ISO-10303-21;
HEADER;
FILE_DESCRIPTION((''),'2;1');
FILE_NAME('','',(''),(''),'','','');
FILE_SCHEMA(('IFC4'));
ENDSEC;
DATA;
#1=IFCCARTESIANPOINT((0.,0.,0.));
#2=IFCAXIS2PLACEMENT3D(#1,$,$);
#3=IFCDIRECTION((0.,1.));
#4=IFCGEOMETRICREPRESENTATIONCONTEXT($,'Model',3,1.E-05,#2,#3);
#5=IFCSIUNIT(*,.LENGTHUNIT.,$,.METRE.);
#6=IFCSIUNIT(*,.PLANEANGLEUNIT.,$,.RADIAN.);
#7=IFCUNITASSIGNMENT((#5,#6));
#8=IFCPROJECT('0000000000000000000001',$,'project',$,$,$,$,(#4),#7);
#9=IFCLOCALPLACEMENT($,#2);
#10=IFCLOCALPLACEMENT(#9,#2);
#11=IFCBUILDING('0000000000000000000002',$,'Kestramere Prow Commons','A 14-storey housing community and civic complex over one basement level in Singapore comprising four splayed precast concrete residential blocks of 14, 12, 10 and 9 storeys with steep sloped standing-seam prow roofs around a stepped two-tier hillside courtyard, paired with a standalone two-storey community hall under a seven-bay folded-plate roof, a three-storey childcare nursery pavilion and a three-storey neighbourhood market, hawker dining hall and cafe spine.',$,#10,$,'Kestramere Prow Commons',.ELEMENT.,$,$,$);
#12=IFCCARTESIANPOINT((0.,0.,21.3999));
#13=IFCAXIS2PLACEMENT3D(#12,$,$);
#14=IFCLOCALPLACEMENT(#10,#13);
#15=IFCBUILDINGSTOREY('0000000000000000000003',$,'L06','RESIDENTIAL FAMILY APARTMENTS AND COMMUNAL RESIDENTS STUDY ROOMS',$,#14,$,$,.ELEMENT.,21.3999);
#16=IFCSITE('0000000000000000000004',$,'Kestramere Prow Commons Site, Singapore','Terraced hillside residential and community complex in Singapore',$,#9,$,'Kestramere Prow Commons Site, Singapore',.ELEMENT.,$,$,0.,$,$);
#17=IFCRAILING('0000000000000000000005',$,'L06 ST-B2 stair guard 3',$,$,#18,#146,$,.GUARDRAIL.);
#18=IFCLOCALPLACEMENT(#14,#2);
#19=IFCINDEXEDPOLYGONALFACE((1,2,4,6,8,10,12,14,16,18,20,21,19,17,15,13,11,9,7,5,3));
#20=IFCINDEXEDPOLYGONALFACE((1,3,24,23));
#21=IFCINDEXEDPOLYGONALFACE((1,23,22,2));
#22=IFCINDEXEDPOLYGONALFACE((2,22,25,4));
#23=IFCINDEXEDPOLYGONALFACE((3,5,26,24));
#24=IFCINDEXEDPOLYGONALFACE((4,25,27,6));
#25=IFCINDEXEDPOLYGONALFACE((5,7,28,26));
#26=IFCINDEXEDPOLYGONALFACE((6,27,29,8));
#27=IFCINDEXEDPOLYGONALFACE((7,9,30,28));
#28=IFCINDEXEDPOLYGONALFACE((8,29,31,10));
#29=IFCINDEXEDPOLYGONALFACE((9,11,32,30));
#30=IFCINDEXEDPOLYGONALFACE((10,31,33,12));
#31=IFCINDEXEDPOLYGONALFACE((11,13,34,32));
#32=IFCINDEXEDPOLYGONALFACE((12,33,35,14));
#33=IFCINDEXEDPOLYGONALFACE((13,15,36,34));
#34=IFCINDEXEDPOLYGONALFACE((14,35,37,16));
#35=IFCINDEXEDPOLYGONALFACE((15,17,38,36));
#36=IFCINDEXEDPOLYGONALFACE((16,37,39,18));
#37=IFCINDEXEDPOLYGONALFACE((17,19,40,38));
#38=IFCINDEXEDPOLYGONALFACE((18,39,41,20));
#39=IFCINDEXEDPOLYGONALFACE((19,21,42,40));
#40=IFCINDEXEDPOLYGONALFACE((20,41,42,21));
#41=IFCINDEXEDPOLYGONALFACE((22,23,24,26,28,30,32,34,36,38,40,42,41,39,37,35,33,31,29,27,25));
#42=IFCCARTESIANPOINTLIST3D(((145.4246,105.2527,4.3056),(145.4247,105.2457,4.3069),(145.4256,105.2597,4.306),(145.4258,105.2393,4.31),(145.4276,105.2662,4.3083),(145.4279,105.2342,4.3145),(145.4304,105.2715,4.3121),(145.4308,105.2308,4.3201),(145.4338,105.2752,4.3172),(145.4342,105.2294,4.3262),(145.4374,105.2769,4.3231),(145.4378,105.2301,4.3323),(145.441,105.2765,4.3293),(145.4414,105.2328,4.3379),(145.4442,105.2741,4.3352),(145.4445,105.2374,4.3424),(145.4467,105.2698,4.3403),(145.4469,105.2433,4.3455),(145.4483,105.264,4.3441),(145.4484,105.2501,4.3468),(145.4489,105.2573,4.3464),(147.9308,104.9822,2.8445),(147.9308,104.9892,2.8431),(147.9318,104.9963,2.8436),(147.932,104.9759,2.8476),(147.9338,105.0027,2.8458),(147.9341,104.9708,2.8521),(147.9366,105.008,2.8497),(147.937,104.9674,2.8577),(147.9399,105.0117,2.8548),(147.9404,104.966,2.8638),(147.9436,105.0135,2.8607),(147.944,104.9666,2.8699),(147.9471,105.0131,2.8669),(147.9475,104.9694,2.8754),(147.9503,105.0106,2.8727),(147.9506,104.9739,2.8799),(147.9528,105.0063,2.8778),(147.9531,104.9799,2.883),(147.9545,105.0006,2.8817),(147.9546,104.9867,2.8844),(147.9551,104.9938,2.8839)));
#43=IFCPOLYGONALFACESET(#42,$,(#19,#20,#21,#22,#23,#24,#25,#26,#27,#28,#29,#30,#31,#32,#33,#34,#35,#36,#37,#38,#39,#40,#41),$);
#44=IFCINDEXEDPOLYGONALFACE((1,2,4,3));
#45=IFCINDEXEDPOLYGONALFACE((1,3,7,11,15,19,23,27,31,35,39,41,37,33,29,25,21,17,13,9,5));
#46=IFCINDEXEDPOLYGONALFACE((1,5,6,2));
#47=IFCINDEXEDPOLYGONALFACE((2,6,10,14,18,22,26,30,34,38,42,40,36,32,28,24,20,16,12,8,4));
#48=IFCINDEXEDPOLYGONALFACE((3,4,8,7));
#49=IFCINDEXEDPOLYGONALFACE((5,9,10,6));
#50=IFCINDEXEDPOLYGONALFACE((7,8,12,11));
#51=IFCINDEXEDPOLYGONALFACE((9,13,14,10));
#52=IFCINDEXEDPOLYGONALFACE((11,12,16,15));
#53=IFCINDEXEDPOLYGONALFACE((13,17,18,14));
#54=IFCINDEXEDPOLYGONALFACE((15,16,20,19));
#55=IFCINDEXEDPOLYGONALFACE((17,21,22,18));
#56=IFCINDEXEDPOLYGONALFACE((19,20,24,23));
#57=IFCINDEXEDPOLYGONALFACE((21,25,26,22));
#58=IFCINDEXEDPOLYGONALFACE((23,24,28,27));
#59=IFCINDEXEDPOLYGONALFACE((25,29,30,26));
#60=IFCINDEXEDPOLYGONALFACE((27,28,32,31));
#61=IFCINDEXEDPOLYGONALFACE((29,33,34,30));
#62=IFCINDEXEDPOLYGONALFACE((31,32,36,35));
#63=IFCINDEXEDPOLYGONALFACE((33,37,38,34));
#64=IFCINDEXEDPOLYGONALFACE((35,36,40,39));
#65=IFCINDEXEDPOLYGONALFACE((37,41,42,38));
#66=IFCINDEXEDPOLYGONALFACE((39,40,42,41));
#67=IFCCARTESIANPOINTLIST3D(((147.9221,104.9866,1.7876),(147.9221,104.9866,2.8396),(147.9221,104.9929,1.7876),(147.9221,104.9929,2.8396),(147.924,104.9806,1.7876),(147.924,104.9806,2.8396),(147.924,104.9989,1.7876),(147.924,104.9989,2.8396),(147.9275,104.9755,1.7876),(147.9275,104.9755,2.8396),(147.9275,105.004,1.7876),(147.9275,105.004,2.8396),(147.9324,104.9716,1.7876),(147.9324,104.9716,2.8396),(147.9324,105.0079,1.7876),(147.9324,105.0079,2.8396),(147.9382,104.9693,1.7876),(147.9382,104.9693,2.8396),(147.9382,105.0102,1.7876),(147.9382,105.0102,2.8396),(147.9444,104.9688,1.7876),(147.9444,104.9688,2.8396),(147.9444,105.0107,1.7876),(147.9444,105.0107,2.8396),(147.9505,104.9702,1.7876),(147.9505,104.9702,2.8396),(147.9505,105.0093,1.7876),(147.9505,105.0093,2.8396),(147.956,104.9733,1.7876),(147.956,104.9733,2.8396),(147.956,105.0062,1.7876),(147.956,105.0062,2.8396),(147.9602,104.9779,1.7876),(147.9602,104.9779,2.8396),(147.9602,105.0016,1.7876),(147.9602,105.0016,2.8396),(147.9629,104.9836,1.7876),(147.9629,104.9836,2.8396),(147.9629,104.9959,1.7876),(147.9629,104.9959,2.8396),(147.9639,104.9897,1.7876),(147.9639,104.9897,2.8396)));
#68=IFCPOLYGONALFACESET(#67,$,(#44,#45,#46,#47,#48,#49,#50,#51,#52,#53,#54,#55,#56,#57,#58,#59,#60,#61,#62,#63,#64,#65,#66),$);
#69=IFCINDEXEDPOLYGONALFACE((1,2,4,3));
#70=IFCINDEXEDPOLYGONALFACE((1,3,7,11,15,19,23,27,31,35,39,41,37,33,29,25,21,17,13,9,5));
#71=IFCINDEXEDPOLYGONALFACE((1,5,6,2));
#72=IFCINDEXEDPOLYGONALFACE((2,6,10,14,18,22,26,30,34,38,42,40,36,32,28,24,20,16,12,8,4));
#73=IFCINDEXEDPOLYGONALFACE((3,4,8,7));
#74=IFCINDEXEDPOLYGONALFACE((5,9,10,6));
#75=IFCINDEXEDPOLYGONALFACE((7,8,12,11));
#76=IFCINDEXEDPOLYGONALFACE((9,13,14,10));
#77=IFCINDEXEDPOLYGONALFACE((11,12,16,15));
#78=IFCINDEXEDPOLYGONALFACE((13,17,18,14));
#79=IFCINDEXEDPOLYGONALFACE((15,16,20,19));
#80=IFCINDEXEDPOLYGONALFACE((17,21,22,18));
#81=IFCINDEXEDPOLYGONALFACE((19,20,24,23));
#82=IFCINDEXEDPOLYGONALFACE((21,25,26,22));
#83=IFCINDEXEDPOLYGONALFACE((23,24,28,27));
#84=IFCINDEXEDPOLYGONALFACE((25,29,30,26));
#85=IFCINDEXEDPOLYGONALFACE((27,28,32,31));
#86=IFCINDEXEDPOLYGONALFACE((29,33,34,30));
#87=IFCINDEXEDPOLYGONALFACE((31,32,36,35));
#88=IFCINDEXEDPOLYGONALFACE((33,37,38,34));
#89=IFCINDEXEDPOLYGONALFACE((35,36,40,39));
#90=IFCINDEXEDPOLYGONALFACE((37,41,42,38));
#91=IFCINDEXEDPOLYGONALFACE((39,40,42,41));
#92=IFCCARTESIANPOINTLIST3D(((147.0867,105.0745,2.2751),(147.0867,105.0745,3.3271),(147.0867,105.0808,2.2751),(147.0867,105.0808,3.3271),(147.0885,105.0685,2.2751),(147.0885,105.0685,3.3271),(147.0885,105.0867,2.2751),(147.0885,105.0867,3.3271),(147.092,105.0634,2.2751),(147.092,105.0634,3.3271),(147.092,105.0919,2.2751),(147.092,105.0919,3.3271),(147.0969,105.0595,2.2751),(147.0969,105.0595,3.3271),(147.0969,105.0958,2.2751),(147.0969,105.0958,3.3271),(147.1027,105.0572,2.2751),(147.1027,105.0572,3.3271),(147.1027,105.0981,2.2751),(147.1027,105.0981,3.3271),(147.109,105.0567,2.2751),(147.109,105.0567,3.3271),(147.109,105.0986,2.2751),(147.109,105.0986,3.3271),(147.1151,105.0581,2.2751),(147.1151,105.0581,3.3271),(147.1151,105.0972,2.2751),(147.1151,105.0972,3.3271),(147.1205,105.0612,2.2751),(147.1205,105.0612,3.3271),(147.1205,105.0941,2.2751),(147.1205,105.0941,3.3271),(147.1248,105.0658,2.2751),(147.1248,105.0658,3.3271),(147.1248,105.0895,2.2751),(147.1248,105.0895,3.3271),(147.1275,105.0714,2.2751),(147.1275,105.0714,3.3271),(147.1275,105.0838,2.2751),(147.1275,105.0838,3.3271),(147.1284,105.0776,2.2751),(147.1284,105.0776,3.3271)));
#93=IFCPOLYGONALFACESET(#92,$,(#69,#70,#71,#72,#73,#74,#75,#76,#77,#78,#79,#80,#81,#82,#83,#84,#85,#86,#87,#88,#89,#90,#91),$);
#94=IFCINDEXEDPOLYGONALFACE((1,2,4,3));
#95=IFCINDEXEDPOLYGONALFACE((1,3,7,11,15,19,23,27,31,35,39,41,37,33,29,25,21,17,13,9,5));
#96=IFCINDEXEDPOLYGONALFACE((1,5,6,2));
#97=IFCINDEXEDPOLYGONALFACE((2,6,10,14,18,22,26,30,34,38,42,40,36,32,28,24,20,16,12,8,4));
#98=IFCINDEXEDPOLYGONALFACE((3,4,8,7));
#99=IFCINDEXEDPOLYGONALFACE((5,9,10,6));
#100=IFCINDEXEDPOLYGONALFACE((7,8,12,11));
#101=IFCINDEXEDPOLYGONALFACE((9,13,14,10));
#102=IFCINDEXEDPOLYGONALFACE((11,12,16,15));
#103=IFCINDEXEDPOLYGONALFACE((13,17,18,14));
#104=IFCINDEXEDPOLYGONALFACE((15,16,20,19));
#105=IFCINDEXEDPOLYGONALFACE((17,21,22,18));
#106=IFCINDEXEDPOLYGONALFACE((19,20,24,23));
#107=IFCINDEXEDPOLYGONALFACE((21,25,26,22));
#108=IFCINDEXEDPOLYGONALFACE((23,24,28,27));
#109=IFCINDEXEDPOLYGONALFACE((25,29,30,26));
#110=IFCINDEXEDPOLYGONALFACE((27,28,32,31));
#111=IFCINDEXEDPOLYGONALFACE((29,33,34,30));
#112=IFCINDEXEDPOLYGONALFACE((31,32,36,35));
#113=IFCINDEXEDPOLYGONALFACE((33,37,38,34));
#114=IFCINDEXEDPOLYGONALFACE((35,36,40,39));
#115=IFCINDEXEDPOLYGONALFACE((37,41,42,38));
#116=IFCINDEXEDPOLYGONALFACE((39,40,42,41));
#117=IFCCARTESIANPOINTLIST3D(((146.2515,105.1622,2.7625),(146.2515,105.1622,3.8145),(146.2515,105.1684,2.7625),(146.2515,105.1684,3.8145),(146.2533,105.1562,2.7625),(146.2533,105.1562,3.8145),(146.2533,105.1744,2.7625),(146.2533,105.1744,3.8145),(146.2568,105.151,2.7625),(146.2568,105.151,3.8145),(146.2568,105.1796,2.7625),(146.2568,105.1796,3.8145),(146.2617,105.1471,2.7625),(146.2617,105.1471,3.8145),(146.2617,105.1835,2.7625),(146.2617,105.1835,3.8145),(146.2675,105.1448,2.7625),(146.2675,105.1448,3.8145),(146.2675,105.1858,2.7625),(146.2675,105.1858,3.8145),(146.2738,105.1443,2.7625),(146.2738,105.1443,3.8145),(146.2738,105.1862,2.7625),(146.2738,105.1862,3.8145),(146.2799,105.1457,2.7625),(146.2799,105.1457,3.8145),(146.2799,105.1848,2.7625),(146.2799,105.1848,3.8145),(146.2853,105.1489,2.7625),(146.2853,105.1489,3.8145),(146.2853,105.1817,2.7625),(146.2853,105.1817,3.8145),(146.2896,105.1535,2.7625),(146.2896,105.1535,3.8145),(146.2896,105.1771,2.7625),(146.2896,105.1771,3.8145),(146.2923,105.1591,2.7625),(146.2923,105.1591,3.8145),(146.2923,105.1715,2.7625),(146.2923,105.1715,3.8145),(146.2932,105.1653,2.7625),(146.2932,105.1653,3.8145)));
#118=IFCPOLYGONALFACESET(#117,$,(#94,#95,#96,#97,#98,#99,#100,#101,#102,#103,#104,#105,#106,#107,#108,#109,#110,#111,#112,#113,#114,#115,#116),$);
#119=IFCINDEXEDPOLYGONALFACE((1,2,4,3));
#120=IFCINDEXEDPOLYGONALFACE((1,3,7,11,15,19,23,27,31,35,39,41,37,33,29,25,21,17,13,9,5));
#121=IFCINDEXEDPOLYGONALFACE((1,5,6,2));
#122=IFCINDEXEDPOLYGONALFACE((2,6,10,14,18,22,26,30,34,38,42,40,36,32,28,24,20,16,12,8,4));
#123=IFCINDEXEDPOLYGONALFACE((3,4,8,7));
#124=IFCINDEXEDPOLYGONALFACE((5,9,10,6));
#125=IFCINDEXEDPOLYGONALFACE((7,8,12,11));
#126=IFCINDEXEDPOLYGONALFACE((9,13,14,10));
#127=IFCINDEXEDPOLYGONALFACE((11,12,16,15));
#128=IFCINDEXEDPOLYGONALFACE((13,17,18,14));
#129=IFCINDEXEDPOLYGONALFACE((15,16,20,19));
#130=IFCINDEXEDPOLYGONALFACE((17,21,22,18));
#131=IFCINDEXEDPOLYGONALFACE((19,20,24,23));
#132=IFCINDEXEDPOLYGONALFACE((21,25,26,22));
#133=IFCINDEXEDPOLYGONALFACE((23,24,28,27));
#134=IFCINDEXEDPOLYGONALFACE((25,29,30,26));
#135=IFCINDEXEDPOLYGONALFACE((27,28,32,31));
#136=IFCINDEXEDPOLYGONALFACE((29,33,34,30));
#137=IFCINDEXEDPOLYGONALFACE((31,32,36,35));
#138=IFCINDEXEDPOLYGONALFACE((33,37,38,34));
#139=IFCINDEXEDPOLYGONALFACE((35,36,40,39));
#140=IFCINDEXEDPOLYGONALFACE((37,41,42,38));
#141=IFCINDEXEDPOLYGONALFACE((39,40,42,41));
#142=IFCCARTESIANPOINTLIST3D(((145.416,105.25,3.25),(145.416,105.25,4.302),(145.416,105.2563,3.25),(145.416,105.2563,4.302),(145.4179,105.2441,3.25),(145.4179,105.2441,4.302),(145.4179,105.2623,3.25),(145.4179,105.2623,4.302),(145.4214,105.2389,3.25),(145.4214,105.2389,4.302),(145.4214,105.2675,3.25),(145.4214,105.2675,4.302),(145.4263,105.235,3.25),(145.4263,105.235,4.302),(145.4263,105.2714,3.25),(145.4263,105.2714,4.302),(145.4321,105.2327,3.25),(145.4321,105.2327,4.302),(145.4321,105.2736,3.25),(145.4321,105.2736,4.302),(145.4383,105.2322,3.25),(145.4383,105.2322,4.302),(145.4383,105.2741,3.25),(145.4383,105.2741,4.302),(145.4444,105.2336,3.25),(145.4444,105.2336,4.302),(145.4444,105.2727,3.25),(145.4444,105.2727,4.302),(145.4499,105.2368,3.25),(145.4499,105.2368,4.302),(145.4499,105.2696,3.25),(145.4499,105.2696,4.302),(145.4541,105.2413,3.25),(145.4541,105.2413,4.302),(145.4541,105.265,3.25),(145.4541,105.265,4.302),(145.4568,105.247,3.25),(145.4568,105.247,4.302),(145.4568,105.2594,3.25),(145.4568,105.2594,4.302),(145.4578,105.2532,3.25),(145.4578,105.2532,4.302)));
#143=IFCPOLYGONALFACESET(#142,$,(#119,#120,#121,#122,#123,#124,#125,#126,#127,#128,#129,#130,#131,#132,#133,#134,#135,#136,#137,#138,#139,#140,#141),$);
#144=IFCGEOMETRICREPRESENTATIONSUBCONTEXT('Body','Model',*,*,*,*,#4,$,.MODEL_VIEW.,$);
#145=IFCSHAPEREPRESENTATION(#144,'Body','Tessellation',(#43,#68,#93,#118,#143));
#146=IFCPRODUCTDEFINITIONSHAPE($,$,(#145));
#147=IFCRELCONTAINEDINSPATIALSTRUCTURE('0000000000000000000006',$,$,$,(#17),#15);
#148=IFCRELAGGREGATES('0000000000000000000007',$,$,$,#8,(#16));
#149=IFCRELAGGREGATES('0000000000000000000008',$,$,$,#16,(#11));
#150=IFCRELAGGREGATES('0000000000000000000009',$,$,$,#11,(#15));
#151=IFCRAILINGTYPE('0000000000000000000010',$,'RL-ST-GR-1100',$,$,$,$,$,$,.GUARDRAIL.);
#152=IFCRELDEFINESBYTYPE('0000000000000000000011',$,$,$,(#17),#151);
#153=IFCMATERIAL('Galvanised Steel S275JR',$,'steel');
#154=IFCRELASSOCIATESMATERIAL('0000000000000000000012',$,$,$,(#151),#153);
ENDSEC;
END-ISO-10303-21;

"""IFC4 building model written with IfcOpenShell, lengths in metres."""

from ifc_helpers import new_model, si_unit, direction, frame, origin, origin_2d, place, context, subcontext, project, spatial, circle, extrude, material, type_object, element, save


model = new_model("IFC4")

# Units and contexts
model_context = context("Model", 3, precision=1e-05, world=origin(), true_north=direction((0.0, 1.0)))
body_context = subcontext(model_context, "Body", "Model", "MODEL_VIEW")
ifc_project = project(units=[si_unit("LENGTHUNIT", "METRE"), si_unit("PLANEANGLEUNIT", "RADIAN")], contexts=[model_context])

# Site, building, storey
site_placement = place(None, origin())
site = spatial("IfcSite", under=ifc_project, at=site_placement, Name="Kestramere Prow Commons Site, Singapore", Description="Terraced hillside residential and community complex in Singapore", LongName="Kestramere Prow Commons Site, Singapore", CompositionType="ELEMENT", RefElevation=0.0)
building_placement = place(site_placement, origin())
building = spatial("IfcBuilding", under=site, at=building_placement, Name="Kestramere Prow Commons", Description="A 14-storey housing community and civic complex over one basement level in Singapore comprising four splayed precast concrete residential blocks of 14, 12, 10 and 9 storeys with steep sloped standing-seam prow roofs around a stepped two-tier hillside courtyard, paired with a standalone two-storey community hall under a seven-bay folded-plate roof, a three-storey childcare nursery pavilion and a three-storey neighbourhood market, hawker dining hall and cafe spine.", LongName="Kestramere Prow Commons", CompositionType="ELEMENT")
storey_placement = place(building_placement, frame((0.0, 0.0, 21.3999)))
storey = spatial("IfcBuildingStorey", under=building, at=storey_placement, Name="L06", Description="RESIDENTIAL FAMILY APARTMENTS AND COMMUNAL RESIDENTS STUDY ROOMS", CompositionType="ELEMENT", Elevation=21.3999)

# Railing
ifc_material_1 = material(Name="Galvanised Steel S275JR", Category="steel")
railing_type_1 = type_object("IfcRailingType", Name="RL-ST-GR-1100", PredefinedType="GUARDRAIL", material=ifc_material_1)
railing_1_placement = place(storey_placement, frame((147.9429, 104.9897, 1.7876)))
element("IfcRailing", 1, at=railing_1_placement, inside=storey, type_object=railing_type_1, Name="L06 ST-B2 stair guard 3", PredefinedType="GUARDRAIL", context=body_context, shape_type="SweptSolid", body=[
    extrude(circle(Radius=0.0239, at=origin_2d()), frame((0.0, 0.0, 1.0762), z_axis=(-0.860165, 0.090416, 0.501937), x_axis=(-0.104539, -0.994521, 0.0)), (0.0, 0.0, 1.0), 2.9136),
    extrude(circle(Radius=0.021, at=origin_2d()), origin(), (0.0, 0.0, 1.0), 1.052),
    extrude(circle(Radius=0.021, at=origin_2d()), frame((-0.8354, 0.0879, 0.4875)), (0.0, 0.0, 1.0), 1.052),
    extrude(circle(Radius=0.021, at=origin_2d()), frame((-1.6707, 0.1755, 0.9749)), (0.0, 0.0, 1.0), 1.052),
    extrude(circle(Radius=0.021, at=origin_2d()), frame((-2.5061, 0.2634, 1.4624)), (0.0, 0.0, 1.0), 1.052),
])

save(model, "model.ifc")
